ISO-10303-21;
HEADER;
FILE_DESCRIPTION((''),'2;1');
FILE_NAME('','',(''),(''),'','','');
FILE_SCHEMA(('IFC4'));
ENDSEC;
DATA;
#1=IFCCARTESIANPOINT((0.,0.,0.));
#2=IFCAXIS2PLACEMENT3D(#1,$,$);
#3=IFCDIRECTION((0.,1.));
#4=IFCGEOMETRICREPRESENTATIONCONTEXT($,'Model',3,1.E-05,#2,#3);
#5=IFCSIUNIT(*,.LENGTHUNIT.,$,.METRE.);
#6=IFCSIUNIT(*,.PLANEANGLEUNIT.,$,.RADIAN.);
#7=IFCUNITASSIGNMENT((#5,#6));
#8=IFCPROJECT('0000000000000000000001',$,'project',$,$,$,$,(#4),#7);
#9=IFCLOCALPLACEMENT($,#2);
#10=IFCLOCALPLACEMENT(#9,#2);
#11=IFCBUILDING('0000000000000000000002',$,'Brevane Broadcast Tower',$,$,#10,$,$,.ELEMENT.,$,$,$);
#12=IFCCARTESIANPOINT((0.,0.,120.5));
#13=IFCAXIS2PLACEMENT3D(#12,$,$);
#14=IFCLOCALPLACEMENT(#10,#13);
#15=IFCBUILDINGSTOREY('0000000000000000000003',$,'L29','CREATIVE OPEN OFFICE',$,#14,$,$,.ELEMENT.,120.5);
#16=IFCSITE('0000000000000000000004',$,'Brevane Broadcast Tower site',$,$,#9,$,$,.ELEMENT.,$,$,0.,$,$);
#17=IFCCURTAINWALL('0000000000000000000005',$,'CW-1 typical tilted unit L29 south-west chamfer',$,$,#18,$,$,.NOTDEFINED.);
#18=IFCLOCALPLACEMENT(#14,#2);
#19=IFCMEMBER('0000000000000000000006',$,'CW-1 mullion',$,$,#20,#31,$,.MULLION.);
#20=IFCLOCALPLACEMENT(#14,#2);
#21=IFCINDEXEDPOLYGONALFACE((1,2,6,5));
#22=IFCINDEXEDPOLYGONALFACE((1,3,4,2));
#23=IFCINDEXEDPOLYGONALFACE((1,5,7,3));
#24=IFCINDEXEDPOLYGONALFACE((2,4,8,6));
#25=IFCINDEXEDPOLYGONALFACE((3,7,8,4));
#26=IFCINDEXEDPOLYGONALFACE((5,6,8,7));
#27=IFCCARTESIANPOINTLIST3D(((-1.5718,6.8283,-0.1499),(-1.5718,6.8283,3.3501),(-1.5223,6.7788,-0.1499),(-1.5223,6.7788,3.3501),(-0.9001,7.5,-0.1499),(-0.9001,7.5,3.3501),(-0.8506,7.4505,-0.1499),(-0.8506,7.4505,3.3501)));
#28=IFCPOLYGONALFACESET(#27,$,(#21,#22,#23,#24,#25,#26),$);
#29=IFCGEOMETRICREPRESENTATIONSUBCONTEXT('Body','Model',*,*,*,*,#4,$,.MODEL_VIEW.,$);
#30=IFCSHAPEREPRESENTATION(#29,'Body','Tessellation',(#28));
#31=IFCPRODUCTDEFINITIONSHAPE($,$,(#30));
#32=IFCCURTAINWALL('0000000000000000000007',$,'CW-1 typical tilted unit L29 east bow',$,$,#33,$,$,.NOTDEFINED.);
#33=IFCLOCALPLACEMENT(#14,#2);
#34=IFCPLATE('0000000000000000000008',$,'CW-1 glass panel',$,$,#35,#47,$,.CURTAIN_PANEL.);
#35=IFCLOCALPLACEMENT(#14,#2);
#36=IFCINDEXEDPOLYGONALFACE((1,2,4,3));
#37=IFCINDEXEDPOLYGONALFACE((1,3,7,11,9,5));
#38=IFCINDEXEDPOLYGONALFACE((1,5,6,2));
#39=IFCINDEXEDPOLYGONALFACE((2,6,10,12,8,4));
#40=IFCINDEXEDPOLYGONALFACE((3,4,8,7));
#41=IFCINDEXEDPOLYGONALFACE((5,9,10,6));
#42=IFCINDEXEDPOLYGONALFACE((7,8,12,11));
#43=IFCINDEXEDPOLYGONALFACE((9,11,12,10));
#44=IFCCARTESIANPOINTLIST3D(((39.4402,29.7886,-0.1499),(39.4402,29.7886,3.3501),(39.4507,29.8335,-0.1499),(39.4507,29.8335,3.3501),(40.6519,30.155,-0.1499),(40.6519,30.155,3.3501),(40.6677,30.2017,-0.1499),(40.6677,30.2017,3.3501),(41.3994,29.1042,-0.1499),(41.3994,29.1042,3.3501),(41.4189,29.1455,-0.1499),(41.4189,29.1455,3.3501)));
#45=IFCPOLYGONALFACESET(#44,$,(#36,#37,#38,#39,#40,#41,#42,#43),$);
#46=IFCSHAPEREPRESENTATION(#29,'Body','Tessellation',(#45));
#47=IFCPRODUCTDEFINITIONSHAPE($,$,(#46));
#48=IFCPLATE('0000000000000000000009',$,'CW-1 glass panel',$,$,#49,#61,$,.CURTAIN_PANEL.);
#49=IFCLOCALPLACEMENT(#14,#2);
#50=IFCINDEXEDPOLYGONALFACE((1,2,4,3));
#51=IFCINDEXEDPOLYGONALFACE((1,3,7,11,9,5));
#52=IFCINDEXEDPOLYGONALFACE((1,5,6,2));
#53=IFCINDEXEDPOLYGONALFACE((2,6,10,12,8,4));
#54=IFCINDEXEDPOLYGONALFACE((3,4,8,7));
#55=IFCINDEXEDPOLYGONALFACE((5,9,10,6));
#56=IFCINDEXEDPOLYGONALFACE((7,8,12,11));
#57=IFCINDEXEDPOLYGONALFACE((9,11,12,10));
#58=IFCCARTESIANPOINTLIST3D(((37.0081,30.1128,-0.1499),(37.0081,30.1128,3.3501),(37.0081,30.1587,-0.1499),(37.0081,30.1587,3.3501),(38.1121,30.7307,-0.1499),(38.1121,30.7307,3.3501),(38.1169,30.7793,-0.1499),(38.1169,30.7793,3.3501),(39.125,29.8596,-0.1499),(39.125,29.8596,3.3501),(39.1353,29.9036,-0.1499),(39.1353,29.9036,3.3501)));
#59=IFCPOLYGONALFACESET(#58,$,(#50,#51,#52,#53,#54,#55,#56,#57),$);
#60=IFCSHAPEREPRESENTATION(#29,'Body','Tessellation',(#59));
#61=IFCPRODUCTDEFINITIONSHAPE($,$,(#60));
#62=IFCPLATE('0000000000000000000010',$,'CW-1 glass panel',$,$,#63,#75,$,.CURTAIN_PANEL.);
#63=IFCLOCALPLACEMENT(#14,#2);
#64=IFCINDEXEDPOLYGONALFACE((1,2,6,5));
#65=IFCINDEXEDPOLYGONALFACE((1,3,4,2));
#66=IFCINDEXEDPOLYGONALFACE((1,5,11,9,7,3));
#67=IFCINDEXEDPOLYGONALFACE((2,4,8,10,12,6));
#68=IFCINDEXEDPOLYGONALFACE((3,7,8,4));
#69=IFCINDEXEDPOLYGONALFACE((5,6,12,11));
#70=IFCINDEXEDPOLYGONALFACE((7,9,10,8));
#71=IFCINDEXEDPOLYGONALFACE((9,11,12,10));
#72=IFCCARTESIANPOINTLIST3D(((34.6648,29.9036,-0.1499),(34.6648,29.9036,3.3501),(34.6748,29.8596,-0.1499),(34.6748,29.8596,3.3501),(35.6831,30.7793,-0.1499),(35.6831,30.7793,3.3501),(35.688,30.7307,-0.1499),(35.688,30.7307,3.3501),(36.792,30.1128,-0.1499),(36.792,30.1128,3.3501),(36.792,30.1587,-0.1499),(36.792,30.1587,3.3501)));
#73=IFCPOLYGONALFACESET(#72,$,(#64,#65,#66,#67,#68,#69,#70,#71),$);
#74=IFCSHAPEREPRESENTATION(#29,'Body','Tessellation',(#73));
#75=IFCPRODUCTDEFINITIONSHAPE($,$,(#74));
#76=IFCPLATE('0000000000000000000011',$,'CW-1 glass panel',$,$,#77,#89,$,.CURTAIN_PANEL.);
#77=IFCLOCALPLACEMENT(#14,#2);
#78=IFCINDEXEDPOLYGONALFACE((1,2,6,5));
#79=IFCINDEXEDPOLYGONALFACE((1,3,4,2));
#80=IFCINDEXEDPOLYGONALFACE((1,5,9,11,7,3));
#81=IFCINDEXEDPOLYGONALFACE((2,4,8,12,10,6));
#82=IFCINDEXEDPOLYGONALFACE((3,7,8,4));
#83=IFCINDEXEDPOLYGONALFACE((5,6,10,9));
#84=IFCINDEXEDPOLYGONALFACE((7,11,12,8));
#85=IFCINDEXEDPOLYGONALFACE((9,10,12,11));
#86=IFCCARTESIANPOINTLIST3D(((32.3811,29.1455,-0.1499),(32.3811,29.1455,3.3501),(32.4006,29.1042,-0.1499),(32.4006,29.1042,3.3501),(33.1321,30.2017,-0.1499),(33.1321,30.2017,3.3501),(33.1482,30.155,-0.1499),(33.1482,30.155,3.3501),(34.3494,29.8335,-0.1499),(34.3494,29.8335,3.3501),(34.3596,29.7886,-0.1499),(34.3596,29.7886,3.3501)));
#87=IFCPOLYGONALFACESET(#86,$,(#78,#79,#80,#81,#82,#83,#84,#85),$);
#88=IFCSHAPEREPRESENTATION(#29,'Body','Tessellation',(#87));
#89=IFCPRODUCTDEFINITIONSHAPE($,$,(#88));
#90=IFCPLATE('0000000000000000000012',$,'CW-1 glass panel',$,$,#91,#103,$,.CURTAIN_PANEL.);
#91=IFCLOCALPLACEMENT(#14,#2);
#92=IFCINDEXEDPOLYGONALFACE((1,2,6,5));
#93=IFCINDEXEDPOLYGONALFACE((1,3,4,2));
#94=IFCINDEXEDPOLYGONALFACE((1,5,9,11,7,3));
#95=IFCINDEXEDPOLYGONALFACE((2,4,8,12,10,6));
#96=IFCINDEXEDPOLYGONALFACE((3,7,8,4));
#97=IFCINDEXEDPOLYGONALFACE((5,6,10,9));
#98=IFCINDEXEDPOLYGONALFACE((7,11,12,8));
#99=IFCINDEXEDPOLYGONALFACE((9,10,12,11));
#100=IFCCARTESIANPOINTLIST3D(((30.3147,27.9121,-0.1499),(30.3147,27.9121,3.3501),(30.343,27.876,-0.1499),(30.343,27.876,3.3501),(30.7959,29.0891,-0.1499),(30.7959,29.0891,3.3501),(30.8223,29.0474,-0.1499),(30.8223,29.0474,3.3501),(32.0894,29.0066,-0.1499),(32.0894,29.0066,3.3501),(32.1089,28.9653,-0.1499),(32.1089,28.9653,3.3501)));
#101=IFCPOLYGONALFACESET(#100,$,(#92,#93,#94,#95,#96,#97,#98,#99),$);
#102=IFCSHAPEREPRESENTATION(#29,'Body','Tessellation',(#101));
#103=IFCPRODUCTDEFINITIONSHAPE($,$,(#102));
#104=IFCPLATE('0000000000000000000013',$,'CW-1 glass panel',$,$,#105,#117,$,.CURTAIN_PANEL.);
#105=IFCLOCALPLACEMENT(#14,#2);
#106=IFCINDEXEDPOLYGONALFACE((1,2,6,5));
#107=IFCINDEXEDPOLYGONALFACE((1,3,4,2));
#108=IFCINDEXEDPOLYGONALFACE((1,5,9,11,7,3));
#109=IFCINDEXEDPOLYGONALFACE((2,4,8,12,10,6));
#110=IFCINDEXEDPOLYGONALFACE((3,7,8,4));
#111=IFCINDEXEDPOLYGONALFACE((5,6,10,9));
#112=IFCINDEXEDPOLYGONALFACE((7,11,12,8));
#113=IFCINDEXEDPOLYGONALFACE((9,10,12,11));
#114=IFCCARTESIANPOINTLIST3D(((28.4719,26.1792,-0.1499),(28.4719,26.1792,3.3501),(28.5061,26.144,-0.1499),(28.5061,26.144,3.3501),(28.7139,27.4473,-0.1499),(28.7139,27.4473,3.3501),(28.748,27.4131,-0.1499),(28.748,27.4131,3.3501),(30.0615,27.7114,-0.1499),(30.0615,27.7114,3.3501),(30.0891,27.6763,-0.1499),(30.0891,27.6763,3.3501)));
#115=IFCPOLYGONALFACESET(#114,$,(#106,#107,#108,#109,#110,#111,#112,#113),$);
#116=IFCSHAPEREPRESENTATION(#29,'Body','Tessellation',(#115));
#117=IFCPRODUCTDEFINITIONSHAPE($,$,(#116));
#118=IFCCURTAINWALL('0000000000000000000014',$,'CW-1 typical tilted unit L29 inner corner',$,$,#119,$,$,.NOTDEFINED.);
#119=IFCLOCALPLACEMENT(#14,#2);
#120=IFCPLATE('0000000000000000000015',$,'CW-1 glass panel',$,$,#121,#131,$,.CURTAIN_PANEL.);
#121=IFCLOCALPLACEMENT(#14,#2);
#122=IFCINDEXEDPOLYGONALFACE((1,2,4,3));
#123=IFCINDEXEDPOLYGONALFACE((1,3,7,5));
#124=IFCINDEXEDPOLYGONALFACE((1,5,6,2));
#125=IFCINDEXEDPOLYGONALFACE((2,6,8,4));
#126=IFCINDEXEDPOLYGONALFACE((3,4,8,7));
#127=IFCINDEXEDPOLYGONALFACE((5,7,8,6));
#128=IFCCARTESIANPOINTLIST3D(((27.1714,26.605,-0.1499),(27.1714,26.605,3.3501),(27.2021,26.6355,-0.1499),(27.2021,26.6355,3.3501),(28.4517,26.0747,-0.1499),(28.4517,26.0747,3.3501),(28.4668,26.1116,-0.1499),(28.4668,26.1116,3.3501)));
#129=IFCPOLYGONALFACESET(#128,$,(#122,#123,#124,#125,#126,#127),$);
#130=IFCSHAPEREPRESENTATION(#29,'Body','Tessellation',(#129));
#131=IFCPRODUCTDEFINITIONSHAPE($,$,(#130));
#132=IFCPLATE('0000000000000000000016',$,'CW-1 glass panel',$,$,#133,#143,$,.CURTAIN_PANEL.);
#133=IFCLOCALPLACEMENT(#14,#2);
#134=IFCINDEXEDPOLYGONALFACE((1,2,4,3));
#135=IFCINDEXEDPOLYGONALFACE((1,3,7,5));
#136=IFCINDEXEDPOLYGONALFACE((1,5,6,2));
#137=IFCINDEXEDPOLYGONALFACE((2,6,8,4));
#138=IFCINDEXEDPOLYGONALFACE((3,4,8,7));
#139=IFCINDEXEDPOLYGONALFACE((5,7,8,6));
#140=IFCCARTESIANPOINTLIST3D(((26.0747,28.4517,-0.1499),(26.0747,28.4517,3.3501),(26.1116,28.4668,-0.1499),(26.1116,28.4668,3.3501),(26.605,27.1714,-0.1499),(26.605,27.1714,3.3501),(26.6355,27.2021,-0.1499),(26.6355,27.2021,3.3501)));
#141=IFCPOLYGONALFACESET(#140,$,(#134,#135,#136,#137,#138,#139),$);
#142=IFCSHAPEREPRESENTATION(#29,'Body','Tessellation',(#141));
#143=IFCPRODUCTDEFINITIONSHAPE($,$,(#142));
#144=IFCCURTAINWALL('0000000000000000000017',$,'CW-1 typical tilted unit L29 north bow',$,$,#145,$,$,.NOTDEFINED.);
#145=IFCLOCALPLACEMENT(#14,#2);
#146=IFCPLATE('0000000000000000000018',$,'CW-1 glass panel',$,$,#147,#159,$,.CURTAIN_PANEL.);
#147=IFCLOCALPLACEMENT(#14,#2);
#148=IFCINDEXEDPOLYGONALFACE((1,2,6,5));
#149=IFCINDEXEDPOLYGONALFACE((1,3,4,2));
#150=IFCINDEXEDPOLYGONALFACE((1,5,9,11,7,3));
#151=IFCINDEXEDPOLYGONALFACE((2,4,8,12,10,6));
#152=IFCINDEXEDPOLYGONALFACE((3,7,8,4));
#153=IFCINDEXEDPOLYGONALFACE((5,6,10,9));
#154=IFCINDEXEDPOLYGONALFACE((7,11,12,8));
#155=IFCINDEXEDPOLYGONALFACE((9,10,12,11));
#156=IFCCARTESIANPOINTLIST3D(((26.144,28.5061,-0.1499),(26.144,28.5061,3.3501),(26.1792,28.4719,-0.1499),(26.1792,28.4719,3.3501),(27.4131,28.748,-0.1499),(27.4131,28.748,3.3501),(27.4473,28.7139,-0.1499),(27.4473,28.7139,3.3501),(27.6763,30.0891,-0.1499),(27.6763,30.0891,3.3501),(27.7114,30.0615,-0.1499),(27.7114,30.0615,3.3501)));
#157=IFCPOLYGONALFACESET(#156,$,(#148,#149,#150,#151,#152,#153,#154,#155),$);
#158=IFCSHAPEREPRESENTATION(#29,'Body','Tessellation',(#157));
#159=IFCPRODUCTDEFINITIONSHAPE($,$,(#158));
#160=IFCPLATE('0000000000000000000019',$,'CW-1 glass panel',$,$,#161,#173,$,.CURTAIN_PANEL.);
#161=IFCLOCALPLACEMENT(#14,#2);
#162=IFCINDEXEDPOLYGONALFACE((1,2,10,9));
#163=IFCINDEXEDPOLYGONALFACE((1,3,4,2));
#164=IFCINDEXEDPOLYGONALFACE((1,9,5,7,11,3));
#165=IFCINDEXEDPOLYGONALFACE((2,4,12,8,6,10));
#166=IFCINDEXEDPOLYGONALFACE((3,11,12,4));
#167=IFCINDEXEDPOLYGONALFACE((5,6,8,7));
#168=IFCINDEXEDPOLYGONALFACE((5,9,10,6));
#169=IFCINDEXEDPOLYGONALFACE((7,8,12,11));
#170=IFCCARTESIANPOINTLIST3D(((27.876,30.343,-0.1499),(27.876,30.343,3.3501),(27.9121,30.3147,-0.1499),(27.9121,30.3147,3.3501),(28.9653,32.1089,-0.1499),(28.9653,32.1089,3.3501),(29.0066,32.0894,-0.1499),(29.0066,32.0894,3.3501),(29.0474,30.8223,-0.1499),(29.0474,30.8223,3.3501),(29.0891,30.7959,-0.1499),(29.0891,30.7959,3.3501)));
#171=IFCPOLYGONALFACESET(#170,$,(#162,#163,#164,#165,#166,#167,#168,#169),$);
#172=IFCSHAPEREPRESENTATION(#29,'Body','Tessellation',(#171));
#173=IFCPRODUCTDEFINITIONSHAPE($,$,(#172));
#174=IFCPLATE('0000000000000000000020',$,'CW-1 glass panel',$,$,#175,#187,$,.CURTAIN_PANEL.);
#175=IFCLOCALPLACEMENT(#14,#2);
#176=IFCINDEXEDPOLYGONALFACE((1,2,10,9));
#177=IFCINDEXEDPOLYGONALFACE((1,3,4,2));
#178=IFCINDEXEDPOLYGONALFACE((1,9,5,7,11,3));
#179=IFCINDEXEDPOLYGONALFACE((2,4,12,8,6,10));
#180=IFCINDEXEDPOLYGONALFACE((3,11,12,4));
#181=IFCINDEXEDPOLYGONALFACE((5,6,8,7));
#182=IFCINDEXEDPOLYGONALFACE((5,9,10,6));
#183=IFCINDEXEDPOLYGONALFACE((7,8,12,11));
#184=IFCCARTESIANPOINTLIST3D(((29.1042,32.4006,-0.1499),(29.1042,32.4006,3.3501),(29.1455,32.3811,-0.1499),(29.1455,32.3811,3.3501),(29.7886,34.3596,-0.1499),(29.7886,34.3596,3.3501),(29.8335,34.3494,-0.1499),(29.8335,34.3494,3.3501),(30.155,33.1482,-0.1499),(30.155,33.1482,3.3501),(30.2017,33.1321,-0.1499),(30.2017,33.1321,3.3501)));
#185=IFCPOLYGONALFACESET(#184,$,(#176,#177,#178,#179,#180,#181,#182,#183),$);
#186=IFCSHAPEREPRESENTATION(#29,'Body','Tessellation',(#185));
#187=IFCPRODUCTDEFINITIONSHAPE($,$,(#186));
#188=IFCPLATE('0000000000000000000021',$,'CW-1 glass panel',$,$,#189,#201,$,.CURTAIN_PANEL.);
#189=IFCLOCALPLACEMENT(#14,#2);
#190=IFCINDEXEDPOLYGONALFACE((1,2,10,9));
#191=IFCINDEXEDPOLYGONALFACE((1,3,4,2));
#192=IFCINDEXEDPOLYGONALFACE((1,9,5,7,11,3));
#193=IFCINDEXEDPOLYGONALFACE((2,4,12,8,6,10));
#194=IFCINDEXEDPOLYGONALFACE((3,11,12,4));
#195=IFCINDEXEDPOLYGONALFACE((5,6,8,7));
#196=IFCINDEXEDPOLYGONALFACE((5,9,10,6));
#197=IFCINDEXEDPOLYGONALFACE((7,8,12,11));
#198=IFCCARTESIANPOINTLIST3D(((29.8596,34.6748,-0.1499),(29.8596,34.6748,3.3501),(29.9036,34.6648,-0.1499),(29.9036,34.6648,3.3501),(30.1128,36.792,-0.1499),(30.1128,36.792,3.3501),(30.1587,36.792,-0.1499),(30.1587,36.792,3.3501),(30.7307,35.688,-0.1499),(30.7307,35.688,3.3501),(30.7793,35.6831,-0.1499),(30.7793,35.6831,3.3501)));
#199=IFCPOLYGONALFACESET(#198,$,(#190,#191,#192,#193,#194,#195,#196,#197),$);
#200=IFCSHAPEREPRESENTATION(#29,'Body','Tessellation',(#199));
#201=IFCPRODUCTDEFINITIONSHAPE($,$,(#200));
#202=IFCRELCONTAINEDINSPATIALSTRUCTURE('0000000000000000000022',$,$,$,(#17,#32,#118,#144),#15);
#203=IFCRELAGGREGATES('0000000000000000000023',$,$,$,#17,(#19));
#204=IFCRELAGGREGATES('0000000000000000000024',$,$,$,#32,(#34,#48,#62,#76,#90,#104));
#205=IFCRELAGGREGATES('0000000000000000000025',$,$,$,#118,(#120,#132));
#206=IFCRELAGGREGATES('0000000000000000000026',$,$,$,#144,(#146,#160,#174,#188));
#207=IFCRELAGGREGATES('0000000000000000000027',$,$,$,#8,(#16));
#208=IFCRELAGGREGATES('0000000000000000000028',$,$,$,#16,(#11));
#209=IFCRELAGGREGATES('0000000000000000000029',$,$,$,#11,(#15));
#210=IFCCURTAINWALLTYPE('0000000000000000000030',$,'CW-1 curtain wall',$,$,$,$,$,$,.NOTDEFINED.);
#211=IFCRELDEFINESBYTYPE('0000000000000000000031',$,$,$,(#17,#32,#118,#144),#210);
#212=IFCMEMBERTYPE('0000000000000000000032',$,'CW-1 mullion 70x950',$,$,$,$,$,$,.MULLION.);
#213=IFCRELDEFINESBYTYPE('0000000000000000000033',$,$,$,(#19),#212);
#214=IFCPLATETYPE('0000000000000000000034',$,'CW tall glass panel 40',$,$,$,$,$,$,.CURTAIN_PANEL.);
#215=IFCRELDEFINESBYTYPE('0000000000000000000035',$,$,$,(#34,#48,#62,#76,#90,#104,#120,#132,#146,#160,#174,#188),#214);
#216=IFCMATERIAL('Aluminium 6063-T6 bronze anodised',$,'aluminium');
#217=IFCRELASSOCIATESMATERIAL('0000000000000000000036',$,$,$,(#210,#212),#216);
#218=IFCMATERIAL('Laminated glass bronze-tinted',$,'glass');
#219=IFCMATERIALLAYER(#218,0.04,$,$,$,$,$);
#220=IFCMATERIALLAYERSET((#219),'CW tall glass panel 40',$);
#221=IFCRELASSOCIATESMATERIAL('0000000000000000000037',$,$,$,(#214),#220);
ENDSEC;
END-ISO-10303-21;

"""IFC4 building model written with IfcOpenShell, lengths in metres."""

from ifc_helpers import new_model, si_unit, direction, frame, origin, origin_2d, place, context, subcontext, project, spatial, polyline, rectangle, outline, extrude, material, layer, layer_set, material_profile, profile_set, type_object, element, aggregate, save


model = new_model("IFC4")

# Units and contexts
model_context = context("Model", 3, precision=1e-05, world=origin(), true_north=direction((0.0, 1.0)))
body_context = subcontext(model_context, "Body", "Model", "MODEL_VIEW")
ifc_project = project(units=[si_unit("LENGTHUNIT", "METRE"), si_unit("PLANEANGLEUNIT", "RADIAN")], contexts=[model_context])

# Site, building, storey
site_placement = place(None, origin())
site = spatial("IfcSite", under=ifc_project, at=site_placement, Name="Brevane Broadcast Tower site", CompositionType="ELEMENT", RefElevation=0.0)
building_placement = place(site_placement, origin())
building = spatial("IfcBuilding", under=site, at=building_placement, Name="Brevane Broadcast Tower", CompositionType="ELEMENT")
storey_placement = place(building_placement, frame((0.0, 0.0, 120.5)))
storey = spatial("IfcBuildingStorey", under=building, at=storey_placement, Name="L29", Description="CREATIVE OPEN OFFICE", CompositionType="ELEMENT", Elevation=120.5)

# Curtain wall, member
ifc_material_1 = material(Name="Aluminium 6063-T6 bronze anodised", Category="aluminium")
curtain_wall_type = type_object("IfcCurtainWallType", Name="CW-1 curtain wall", PredefinedType="NOTDEFINED", material=ifc_material_1)
curtain_wall_1_placement = place(storey_placement, origin())
curtain_wall_1 = element("IfcCurtainWall", 1, at=curtain_wall_1_placement, inside=storey, type_object=curtain_wall_type, Name="CW-1 typical tilted unit L29 south-west chamfer", PredefinedType="NOTDEFINED")
ifc_material_profile = material_profile(ifc_material_1, rectangle(XDim=0.95, YDim=0.0701, at=origin_2d()), Name="RECT 70x950")
ifc_profile_set = profile_set([ifc_material_profile], Name="Aluminium 6063-T6 bronze anodised")
member_type = type_object("IfcMemberType", Name="CW-1 mullion 70x950", PredefinedType="MULLION", material=ifc_profile_set)
member_placement = place(storey_placement, frame((-1.2112, 7.1394, -0.1499), z_axis=(0.0, 0.0, 1.0), x_axis=(0.707107, 0.707107, 0.0)))
member = element("IfcMember", 2, at=member_placement, type_object=member_type, Name="CW-1 mullion", PredefinedType="MULLION", context=body_context, shape_type="SweptSolid", body=[
    extrude(rectangle(XDim=0.95, YDim=0.0701, at=origin_2d()), origin(), (0.0, 0.0, 1.0), 3.5),
])
aggregate(curtain_wall_1, [member])

# Curtain walls, plates
curtain_wall_2_placement = place(storey_placement, origin())
curtain_wall_2 = element("IfcCurtainWall", 3, at=curtain_wall_2_placement, inside=storey, type_object=curtain_wall_type, Name="CW-1 typical tilted unit L29 east bow", PredefinedType="NOTDEFINED")
ifc_material_2 = material(Name="Laminated glass bronze-tinted", Category="glass")
ifc_layer = layer(ifc_material_2, 0.04)
ifc_layer_set = layer_set([ifc_layer], Name="CW tall glass panel 40")
plate_type = type_object("IfcPlateType", Name="CW tall glass panel 40", PredefinedType="CURTAIN_PANEL", material=ifc_layer_set)
plate_1_placement = place(storey_placement, frame((0.0, 0.0, -0.1499)))
plate_1 = element("IfcPlate", 4, at=plate_1_placement, type_object=plate_type, Name="CW-1 glass panel", PredefinedType="CURTAIN_PANEL", context=body_context, shape_type="SweptSolid", body=[
    extrude(outline(polyline([(41.3994, 29.1042), (41.4189, 29.1455), (40.6677, 30.2017), (39.4507, 29.8335), (39.4402, 29.7886), (40.6519, 30.155), (41.3994, 29.1042)])), origin(), (0.0, 0.0, 1.0), 3.5),
])
plate_2_placement = place(storey_placement, frame((0.0, 0.0, -0.1499)))
plate_2 = element("IfcPlate", 5, at=plate_2_placement, type_object=plate_type, Name="CW-1 glass panel", PredefinedType="CURTAIN_PANEL", context=body_context, shape_type="SweptSolid", body=[
    extrude(outline(polyline([(39.125, 29.8596), (39.1353, 29.9036), (38.1169, 30.7793), (37.0081, 30.1587), (37.0081, 30.1128), (38.1121, 30.7307), (39.125, 29.8596)])), origin(), (0.0, 0.0, 1.0), 3.5),
])
plate_3_placement = place(storey_placement, frame((0.0, 0.0, -0.1499)))
plate_3 = element("IfcPlate", 6, at=plate_3_placement, type_object=plate_type, Name="CW-1 glass panel", PredefinedType="CURTAIN_PANEL", context=body_context, shape_type="SweptSolid", body=[
    extrude(outline(polyline([(36.792, 30.1128), (36.792, 30.1587), (35.6831, 30.7793), (34.6648, 29.9036), (34.6748, 29.8596), (35.688, 30.7307), (36.792, 30.1128)])), origin(), (0.0, 0.0, 1.0), 3.5),
])
plate_4_placement = place(storey_placement, frame((0.0, 0.0, -0.1499)))
plate_4 = element("IfcPlate", 7, at=plate_4_placement, type_object=plate_type, Name="CW-1 glass panel", PredefinedType="CURTAIN_PANEL", context=body_context, shape_type="SweptSolid", body=[
    extrude(outline(polyline([(34.3596, 29.7886), (34.3494, 29.8335), (33.1321, 30.2017), (32.3811, 29.1455), (32.4006, 29.1042), (33.1482, 30.155), (34.3596, 29.7886)])), origin(), (0.0, 0.0, 1.0), 3.5),
])
plate_5_placement = place(storey_placement, frame((0.0, 0.0, -0.1499)))
plate_5 = element("IfcPlate", 8, at=plate_5_placement, type_object=plate_type, Name="CW-1 glass panel", PredefinedType="CURTAIN_PANEL", context=body_context, shape_type="SweptSolid", body=[
    extrude(outline(polyline([(32.1089, 28.9653), (32.0894, 29.0066), (30.7959, 29.0891), (30.3147, 27.9121), (30.343, 27.876), (30.8223, 29.0474), (32.1089, 28.9653)])), origin(), (0.0, 0.0, 1.0), 3.5),
])
plate_6_placement = place(storey_placement, frame((0.0, 0.0, -0.1499)))
plate_6 = element("IfcPlate", 9, at=plate_6_placement, type_object=plate_type, Name="CW-1 glass panel", PredefinedType="CURTAIN_PANEL", context=body_context, shape_type="SweptSolid", body=[
    extrude(outline(polyline([(30.0891, 27.6763), (30.0615, 27.7114), (28.7139, 27.4473), (28.4719, 26.1792), (28.5061, 26.144), (28.748, 27.4131), (30.0891, 27.6763)])), origin(), (0.0, 0.0, 1.0), 3.5),
])
aggregate(curtain_wall_2, [plate_1, plate_2, plate_3, plate_4, plate_5, plate_6])
curtain_wall_3_placement = place(storey_placement, origin())
curtain_wall_3 = element("IfcCurtainWall", 10, at=curtain_wall_3_placement, inside=storey, type_object=curtain_wall_type, Name="CW-1 typical tilted unit L29 inner corner", PredefinedType="NOTDEFINED")
plate_7_placement = place(storey_placement, frame((0.0, 0.0, -0.1499)))
plate_7 = element("IfcPlate", 11, at=plate_7_placement, type_object=plate_type, Name="CW-1 glass panel", PredefinedType="CURTAIN_PANEL", context=body_context, shape_type="SweptSolid", body=[
    extrude(outline(polyline([(28.4517, 26.0747), (28.4668, 26.1116), (27.2021, 26.6355), (27.1714, 26.605), (28.4517, 26.0747)])), origin(), (0.0, 0.0, 1.0), 3.5),
])
plate_8_placement = place(storey_placement, frame((0.0, 0.0, -0.1499)))
plate_8 = element("IfcPlate", 12, at=plate_8_placement, type_object=plate_type, Name="CW-1 glass panel", PredefinedType="CURTAIN_PANEL", context=body_context, shape_type="SweptSolid", body=[
    extrude(outline(polyline([(26.605, 27.1714), (26.6355, 27.2021), (26.1116, 28.4668), (26.0747, 28.4517), (26.605, 27.1714)])), origin(), (0.0, 0.0, 1.0), 3.5),
])
aggregate(curtain_wall_3, [plate_7, plate_8])
curtain_wall_4_placement = place(storey_placement, origin())
curtain_wall_4 = element("IfcCurtainWall", 13, at=curtain_wall_4_placement, inside=storey, type_object=curtain_wall_type, Name="CW-1 typical tilted unit L29 north bow", PredefinedType="NOTDEFINED")
plate_9_placement = place(storey_placement, frame((0.0, 0.0, -0.1499)))
plate_9 = element("IfcPlate", 14, at=plate_9_placement, type_object=plate_type, Name="CW-1 glass panel", PredefinedType="CURTAIN_PANEL", context=body_context, shape_type="SweptSolid", body=[
    extrude(outline(polyline([(26.144, 28.5061), (26.1792, 28.4719), (27.4473, 28.7139), (27.7114, 30.0615), (27.6763, 30.0891), (27.4131, 28.748), (26.144, 28.5061)])), origin(), (0.0, 0.0, 1.0), 3.5),
])
plate_10_placement = place(storey_placement, frame((0.0, 0.0, -0.1499)))
plate_10 = element("IfcPlate", 15, at=plate_10_placement, type_object=plate_type, Name="CW-1 glass panel", PredefinedType="CURTAIN_PANEL", context=body_context, shape_type="SweptSolid", body=[
    extrude(outline(polyline([(27.876, 30.343), (27.9121, 30.3147), (29.0891, 30.7959), (29.0066, 32.0894), (28.9653, 32.1089), (29.0474, 30.8223), (27.876, 30.343)])), origin(), (0.0, 0.0, 1.0), 3.5),
])
plate_11_placement = place(storey_placement, frame((0.0, 0.0, -0.1499)))
plate_11 = element("IfcPlate", 16, at=plate_11_placement, type_object=plate_type, Name="CW-1 glass panel", PredefinedType="CURTAIN_PANEL", context=body_context, shape_type="SweptSolid", body=[
    extrude(outline(polyline([(29.1042, 32.4006), (29.1455, 32.3811), (30.2017, 33.1321), (29.8335, 34.3494), (29.7886, 34.3596), (30.155, 33.1482), (29.1042, 32.4006)])), origin(), (0.0, 0.0, 1.0), 3.5),
])
plate_12_placement = place(storey_placement, frame((0.0, 0.0, -0.1499)))
plate_12 = element("IfcPlate", 17, at=plate_12_placement, type_object=plate_type, Name="CW-1 glass panel", PredefinedType="CURTAIN_PANEL", context=body_context, shape_type="SweptSolid", body=[
    extrude(outline(polyline([(29.8596, 34.6748), (29.9036, 34.6648), (30.7793, 35.6831), (30.1587, 36.792), (30.1128, 36.792), (30.7307, 35.688), (29.8596, 34.6748)])), origin(), (0.0, 0.0, 1.0), 3.5),
])
aggregate(curtain_wall_4, [plate_9, plate_10, plate_11, plate_12])

save(model, "model.ifc")
